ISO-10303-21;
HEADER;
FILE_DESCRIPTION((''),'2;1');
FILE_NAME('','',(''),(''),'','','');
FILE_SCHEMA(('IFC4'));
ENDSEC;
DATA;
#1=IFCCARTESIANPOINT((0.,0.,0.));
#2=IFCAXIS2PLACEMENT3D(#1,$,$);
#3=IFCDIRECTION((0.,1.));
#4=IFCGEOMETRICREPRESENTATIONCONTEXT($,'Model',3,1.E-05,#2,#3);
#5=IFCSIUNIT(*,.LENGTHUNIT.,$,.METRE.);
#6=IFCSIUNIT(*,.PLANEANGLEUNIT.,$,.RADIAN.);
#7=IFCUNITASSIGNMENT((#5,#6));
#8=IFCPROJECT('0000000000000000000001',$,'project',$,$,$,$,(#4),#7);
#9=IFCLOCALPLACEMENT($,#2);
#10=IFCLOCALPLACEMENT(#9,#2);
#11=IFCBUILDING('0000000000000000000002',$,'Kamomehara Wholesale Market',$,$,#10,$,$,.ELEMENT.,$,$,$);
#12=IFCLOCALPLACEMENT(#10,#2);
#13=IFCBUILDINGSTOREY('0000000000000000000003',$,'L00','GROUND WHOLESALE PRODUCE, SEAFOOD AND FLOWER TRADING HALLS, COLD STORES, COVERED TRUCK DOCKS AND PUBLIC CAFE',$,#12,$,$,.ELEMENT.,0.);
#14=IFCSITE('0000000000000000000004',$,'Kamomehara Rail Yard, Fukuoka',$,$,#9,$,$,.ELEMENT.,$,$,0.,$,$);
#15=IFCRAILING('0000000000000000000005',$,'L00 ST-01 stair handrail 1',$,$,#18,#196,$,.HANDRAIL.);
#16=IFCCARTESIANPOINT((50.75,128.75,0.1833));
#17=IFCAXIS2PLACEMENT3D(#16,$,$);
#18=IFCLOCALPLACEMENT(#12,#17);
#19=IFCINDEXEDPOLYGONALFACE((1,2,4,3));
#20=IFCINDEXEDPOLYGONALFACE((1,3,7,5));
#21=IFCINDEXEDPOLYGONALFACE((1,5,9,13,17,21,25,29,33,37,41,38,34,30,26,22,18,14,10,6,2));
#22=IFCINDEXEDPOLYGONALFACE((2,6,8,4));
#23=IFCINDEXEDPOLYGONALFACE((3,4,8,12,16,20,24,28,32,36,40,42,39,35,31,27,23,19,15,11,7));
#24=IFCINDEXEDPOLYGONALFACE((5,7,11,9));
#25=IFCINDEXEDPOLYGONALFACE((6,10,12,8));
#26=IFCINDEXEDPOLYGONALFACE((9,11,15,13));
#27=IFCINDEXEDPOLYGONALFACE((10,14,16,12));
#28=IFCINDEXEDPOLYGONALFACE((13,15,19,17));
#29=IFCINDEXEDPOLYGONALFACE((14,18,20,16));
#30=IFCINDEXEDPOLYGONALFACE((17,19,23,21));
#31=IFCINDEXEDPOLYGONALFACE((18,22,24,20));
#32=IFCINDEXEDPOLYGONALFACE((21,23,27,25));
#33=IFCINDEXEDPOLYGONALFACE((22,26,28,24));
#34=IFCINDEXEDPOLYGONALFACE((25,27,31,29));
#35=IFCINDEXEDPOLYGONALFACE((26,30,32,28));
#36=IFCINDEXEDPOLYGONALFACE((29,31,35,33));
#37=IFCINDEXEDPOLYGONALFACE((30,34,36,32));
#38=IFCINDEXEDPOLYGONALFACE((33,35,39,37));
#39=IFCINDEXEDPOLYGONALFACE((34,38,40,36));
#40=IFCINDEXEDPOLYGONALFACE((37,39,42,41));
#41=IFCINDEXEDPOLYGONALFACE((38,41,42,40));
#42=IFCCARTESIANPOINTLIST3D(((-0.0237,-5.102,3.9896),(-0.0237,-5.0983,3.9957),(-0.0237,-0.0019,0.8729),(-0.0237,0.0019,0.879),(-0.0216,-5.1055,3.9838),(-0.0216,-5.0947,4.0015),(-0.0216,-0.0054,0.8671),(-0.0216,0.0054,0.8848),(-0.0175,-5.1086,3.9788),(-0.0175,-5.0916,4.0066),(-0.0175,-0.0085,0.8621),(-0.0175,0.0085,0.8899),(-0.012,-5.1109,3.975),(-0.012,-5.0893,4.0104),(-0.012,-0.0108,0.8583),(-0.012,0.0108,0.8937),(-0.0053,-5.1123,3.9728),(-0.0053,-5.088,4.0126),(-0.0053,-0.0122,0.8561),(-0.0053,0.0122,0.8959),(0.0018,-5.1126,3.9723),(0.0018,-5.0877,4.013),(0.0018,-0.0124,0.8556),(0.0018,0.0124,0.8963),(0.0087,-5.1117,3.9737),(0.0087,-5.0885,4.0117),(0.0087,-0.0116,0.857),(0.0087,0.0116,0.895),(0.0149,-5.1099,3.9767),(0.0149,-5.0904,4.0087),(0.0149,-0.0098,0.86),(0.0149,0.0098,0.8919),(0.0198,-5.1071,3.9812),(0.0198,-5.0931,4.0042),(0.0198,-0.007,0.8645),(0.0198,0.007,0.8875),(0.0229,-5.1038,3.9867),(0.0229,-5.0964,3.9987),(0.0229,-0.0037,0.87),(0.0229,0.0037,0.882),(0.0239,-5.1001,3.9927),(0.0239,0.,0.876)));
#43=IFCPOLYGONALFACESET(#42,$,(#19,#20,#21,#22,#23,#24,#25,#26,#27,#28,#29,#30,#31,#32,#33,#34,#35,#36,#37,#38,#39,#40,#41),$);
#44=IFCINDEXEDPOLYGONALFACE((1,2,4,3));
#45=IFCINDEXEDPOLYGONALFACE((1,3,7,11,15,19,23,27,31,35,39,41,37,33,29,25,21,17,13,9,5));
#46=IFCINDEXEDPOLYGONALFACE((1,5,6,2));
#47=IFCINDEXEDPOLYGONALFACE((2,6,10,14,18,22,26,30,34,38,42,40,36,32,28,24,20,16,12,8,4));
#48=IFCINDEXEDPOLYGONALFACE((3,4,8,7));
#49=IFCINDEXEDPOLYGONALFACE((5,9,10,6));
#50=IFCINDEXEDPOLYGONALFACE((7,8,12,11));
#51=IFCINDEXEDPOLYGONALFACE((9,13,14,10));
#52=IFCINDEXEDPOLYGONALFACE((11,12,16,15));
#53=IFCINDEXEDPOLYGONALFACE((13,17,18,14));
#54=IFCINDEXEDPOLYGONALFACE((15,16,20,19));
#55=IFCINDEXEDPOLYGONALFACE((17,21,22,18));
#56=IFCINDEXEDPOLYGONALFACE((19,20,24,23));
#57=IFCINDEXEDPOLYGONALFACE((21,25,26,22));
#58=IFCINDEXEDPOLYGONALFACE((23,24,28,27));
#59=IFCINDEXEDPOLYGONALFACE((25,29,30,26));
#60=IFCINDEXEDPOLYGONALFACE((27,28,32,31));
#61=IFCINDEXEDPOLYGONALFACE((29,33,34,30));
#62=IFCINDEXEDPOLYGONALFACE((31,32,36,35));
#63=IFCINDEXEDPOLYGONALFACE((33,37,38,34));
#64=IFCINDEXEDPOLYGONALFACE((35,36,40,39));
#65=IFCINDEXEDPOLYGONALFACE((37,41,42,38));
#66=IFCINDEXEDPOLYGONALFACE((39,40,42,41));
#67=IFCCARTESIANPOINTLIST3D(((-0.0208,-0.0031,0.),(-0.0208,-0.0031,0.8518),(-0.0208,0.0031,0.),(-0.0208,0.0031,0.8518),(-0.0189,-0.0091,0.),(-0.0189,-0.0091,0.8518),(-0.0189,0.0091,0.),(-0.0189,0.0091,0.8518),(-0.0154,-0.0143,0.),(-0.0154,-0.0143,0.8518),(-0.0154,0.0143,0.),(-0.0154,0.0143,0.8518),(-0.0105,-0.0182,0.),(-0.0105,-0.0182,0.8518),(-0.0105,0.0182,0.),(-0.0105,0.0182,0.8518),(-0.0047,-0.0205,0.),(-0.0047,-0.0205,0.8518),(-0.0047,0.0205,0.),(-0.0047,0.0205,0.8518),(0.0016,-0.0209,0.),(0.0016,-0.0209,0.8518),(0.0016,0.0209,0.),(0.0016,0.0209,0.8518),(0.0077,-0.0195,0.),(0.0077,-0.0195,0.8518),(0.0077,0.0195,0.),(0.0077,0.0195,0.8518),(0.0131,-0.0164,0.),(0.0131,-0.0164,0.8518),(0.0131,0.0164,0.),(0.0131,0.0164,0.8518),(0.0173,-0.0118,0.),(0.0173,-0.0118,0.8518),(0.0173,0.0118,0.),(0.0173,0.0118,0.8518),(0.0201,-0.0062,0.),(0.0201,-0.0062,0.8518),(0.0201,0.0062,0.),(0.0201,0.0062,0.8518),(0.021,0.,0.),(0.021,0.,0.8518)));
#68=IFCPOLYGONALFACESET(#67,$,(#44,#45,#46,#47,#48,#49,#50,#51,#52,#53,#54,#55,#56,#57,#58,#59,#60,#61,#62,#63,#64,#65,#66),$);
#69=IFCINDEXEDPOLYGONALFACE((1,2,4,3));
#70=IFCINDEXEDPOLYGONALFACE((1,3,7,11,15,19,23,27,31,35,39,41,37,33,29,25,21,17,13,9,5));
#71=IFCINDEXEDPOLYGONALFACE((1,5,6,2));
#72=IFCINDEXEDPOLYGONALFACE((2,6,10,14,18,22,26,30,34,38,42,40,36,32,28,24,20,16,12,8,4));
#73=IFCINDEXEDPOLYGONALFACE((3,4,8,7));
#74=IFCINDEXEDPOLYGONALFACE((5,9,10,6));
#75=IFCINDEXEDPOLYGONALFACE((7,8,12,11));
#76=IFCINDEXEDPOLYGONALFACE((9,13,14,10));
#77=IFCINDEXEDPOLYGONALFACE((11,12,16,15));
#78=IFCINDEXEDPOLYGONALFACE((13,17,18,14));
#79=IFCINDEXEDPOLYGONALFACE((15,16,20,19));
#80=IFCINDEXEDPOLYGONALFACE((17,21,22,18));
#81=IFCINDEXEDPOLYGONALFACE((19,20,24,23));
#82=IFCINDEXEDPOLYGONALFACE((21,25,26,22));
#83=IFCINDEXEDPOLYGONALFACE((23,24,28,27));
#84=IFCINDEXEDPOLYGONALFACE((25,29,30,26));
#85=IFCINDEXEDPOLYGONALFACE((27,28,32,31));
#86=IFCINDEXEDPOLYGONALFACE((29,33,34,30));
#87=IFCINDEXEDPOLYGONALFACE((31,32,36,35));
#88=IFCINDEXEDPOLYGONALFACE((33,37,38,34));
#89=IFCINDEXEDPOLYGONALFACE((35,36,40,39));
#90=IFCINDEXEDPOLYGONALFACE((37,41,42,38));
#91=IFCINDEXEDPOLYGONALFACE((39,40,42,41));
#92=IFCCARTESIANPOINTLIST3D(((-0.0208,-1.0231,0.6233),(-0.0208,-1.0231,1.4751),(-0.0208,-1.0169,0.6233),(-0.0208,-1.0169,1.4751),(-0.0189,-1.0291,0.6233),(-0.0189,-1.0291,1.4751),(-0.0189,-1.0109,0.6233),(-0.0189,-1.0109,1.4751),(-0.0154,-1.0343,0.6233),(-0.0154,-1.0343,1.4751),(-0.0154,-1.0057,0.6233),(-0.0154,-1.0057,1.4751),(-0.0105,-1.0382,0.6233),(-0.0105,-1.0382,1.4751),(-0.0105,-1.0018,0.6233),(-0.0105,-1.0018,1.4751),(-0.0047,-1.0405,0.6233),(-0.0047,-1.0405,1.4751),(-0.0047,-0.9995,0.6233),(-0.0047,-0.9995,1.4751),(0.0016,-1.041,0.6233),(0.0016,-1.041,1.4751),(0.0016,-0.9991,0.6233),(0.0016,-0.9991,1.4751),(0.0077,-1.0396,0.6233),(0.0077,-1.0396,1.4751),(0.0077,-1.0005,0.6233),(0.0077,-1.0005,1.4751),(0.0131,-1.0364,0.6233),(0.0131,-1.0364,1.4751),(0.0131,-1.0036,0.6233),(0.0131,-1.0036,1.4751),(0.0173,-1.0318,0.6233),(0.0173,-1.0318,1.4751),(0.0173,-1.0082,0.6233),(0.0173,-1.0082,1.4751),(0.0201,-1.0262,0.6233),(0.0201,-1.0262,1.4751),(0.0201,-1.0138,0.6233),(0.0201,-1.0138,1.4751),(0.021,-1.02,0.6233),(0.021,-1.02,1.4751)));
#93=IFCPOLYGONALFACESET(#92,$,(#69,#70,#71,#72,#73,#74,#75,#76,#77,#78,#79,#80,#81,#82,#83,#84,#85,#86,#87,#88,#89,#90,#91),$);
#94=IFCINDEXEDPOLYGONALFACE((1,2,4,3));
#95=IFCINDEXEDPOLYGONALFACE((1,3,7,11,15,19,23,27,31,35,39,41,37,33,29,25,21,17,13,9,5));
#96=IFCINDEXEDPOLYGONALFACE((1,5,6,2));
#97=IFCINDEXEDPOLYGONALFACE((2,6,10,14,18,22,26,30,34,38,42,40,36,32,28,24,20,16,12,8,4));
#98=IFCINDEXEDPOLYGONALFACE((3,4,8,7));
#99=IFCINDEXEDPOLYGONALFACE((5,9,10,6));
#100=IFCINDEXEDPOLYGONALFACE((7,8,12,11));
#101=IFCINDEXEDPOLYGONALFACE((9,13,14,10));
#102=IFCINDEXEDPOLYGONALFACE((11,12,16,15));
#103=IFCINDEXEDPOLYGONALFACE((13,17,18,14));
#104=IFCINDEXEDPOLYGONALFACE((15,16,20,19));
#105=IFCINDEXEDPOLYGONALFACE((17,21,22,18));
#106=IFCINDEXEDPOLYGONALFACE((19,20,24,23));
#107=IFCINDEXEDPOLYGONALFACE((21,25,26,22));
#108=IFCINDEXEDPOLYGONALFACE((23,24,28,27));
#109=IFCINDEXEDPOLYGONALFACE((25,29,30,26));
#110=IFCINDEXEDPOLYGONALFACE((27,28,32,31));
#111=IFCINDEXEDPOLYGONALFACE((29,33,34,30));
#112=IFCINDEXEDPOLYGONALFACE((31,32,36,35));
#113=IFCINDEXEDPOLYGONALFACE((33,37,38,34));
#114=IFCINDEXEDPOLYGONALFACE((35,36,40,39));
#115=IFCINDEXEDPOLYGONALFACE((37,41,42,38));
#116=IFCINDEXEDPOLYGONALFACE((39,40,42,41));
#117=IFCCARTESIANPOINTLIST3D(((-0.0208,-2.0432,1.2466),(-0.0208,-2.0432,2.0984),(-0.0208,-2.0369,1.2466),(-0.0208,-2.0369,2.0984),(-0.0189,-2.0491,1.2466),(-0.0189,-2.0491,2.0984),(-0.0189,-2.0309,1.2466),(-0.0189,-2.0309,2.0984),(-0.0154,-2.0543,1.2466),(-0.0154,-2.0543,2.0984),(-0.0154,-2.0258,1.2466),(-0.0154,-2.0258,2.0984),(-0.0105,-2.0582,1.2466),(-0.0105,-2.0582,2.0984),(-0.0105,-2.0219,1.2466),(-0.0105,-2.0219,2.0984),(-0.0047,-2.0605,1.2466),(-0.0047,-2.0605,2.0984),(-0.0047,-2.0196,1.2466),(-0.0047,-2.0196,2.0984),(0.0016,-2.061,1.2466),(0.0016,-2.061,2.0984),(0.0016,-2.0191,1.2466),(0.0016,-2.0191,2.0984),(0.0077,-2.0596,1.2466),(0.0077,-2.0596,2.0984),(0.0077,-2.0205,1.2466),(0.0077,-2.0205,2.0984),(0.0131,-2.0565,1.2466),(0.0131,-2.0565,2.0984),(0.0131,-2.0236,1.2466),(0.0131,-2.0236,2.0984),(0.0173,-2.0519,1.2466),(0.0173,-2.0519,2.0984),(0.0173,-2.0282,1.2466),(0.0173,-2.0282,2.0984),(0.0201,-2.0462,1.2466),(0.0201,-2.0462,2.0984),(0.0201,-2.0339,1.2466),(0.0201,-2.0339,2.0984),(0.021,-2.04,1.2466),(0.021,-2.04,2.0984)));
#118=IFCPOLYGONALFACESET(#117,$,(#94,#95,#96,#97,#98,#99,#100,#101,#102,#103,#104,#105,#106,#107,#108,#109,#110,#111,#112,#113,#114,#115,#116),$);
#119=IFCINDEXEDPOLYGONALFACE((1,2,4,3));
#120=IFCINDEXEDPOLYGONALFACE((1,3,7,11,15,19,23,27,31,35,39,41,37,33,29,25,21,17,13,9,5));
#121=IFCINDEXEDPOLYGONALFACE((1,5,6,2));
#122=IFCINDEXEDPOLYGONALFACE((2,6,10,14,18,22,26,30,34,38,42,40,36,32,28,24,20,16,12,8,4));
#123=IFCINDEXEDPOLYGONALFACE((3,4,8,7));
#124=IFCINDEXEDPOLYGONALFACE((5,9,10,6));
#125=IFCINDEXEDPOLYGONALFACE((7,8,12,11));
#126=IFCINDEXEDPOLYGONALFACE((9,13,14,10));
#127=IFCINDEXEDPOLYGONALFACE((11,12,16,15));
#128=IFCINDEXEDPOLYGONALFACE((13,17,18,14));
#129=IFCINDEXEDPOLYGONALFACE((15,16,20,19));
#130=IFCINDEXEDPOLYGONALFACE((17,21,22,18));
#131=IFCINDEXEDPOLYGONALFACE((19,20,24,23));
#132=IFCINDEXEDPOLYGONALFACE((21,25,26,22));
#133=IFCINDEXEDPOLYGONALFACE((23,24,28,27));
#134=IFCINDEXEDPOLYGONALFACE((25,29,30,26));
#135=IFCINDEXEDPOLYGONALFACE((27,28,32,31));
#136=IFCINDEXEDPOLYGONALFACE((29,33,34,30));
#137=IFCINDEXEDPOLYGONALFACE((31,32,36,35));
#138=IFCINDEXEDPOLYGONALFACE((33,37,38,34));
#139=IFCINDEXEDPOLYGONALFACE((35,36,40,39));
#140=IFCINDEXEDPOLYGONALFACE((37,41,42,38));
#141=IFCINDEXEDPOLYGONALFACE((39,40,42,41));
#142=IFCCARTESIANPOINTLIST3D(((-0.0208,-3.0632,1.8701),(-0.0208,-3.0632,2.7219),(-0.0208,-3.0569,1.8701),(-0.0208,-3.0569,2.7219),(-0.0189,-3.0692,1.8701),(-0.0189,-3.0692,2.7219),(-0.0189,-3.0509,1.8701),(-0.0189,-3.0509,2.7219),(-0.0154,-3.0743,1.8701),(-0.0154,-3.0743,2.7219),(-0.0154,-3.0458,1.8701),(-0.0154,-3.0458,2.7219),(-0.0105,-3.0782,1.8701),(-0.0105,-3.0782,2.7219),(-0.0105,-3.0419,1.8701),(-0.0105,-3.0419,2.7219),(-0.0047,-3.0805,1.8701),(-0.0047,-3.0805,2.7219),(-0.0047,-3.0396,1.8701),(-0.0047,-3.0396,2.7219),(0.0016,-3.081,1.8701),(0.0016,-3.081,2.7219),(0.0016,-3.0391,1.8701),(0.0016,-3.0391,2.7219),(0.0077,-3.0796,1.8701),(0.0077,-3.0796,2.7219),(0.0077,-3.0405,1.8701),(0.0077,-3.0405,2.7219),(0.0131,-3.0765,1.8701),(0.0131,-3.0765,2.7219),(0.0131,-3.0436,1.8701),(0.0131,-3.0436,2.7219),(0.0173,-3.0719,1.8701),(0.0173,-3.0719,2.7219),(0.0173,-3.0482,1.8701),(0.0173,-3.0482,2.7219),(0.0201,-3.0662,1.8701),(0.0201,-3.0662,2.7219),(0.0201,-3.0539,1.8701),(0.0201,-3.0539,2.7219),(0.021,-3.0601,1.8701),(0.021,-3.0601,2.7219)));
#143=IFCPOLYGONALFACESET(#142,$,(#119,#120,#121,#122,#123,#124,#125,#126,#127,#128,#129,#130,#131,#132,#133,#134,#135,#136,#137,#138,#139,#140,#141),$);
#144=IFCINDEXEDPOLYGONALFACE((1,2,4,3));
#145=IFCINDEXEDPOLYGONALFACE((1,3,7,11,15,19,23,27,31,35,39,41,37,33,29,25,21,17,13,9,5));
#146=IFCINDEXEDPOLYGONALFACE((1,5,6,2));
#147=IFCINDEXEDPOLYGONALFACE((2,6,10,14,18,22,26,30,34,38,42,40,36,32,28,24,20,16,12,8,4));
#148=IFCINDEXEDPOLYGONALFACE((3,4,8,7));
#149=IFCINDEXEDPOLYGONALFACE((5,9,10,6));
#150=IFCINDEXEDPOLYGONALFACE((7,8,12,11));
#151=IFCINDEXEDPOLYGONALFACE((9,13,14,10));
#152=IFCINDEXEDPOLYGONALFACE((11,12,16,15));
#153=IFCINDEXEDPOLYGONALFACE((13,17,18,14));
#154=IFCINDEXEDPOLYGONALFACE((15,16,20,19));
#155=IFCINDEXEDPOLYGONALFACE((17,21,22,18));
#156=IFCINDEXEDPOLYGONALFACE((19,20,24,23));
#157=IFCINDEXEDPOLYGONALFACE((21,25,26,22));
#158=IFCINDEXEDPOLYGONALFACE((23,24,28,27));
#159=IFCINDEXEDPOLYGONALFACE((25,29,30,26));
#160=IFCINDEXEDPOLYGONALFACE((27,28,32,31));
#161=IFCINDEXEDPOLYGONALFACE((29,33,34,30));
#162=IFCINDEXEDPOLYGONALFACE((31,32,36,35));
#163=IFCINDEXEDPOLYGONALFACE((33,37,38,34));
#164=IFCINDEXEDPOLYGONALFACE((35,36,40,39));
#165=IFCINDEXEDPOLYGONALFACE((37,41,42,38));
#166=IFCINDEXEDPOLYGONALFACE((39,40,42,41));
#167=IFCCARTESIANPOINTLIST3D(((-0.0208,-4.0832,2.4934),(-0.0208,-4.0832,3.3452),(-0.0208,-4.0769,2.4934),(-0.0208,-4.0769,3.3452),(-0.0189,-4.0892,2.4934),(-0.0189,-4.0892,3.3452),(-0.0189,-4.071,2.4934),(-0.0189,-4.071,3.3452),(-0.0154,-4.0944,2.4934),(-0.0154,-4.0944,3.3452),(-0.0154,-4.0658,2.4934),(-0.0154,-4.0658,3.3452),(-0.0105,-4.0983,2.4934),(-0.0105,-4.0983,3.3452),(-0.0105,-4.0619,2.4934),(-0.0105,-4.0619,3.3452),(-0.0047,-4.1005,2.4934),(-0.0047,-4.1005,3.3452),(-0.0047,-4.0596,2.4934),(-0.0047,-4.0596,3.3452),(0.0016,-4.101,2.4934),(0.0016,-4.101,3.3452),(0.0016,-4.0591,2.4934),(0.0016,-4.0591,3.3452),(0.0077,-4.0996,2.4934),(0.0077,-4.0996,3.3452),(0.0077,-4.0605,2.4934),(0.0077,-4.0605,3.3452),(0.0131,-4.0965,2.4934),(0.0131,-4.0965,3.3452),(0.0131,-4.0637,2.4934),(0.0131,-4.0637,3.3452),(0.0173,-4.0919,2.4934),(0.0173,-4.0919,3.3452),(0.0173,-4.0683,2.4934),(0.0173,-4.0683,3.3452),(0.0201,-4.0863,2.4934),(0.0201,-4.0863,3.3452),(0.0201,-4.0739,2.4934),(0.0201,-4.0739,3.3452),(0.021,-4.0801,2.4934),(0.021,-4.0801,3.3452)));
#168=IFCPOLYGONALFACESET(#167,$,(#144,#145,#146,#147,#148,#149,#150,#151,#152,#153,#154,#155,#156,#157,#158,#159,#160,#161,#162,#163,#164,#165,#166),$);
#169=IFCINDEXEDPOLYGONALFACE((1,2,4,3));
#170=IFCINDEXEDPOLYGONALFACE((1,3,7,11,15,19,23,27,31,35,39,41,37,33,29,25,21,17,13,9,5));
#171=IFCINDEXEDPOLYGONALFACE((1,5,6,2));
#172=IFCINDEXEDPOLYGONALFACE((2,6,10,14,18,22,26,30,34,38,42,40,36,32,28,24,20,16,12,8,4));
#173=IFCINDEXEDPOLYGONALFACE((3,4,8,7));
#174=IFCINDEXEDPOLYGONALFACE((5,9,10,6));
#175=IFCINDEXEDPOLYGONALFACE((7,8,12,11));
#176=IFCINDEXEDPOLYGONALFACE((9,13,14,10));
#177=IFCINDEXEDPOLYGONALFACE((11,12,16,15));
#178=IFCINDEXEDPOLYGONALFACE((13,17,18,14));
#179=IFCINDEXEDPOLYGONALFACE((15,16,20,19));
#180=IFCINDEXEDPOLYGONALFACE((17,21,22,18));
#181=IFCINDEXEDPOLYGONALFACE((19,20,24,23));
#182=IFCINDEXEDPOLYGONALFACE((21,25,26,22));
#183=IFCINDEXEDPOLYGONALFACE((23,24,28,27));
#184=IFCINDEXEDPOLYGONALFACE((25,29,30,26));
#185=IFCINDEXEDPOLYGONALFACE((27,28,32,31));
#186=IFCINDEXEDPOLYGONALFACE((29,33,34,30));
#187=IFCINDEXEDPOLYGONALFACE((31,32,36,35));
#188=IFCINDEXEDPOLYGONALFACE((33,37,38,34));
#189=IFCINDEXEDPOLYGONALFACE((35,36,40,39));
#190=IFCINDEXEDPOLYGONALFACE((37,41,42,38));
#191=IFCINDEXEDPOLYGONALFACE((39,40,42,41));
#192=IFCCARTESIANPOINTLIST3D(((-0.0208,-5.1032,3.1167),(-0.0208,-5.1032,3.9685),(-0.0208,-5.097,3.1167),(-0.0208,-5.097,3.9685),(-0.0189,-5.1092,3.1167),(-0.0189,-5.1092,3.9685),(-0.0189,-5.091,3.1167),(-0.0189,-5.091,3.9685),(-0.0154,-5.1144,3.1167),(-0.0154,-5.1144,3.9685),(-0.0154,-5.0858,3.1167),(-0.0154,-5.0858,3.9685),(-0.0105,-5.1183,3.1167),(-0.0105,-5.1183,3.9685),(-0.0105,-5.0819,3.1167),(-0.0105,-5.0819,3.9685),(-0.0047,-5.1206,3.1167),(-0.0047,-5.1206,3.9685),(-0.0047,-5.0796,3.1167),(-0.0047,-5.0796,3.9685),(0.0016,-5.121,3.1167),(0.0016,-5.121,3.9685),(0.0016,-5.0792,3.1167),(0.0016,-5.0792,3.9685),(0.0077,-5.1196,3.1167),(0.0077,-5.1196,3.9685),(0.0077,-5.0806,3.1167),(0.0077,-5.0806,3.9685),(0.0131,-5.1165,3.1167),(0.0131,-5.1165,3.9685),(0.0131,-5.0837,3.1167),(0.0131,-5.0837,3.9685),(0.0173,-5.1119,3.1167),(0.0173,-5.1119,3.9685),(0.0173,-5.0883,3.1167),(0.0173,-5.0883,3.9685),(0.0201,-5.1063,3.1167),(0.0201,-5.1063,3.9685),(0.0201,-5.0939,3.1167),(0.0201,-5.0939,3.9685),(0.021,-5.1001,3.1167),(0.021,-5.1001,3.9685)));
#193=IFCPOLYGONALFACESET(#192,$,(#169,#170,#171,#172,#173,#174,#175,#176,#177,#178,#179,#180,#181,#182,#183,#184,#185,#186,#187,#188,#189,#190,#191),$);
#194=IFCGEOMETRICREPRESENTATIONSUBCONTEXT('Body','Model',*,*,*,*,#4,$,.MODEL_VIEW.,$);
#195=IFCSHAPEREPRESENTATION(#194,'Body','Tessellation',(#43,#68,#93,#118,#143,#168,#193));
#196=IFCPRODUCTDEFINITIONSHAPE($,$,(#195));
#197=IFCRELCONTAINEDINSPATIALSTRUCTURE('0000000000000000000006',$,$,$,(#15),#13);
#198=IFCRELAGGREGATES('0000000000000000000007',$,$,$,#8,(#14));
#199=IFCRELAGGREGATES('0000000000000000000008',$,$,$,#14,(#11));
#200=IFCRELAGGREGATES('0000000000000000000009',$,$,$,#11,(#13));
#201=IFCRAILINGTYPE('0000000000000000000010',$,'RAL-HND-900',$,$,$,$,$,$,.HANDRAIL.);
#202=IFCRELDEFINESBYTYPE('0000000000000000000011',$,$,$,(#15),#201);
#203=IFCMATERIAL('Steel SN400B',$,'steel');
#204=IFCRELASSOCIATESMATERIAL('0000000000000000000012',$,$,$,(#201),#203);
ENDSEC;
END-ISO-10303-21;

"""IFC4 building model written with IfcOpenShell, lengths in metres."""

from ifc_helpers import new_model, si_unit, direction, frame, origin, origin_2d, place, context, subcontext, project, spatial, circle, extrude, material, type_object, element, save


model = new_model("IFC4")

# Units and contexts
model_context = context("Model", 3, precision=1e-05, world=origin(), true_north=direction((0.0, 1.0)))
body_context = subcontext(model_context, "Body", "Model", "MODEL_VIEW")
ifc_project = project(units=[si_unit("LENGTHUNIT", "METRE"), si_unit("PLANEANGLEUNIT", "RADIAN")], contexts=[model_context])

# Site, building, storey
site_placement = place(None, origin())
site = spatial("IfcSite", under=ifc_project, at=site_placement, Name="Kamomehara Rail Yard, Fukuoka", CompositionType="ELEMENT", RefElevation=0.0)
building_placement = place(site_placement, origin())
building = spatial("IfcBuilding", under=site, at=building_placement, Name="Kamomehara Wholesale Market", CompositionType="ELEMENT")
storey_placement = place(building_placement, origin())
storey = spatial("IfcBuildingStorey", under=building, at=storey_placement, Name="L00", Description="GROUND WHOLESALE PRODUCE, SEAFOOD AND FLOWER TRADING HALLS, COLD STORES, COVERED TRUCK DOCKS AND PUBLIC CAFE", CompositionType="ELEMENT", Elevation=0.0)

# Railing
ifc_material_1 = material(Name="Steel SN400B", Category="steel")
railing_type_1 = type_object("IfcRailingType", Name="RAL-HND-900", PredefinedType="HANDRAIL", material=ifc_material_1)
railing_1_placement = place(storey_placement, frame((50.75, 128.75, 0.1833)))
element("IfcRailing", 1, at=railing_1_placement, inside=storey, type_object=railing_type_1, Name="L00 ST-01 stair handrail 1", PredefinedType="HANDRAIL", context=body_context, shape_type="SweptSolid", body=[
    extrude(circle(Radius=0.0239, at=origin_2d()), frame((0.0, 0.0, 0.876), z_axis=(0.0, -0.853284, 0.521447), x_axis=(1.0, 0.0, 0.0)), (0.0, 0.0, 1.0), 5.9771),
    extrude(circle(Radius=0.021, at=origin_2d()), origin(), (0.0, 0.0, 1.0), 0.8518),
    extrude(circle(Radius=0.021, at=origin_2d()), frame((0.0, -1.02, 0.6233)), (0.0, 0.0, 1.0), 0.8518),
    extrude(circle(Radius=0.021, at=origin_2d()), frame((0.0, -2.04, 1.2466)), (0.0, 0.0, 1.0), 0.8518),
    extrude(circle(Radius=0.021, at=origin_2d()), frame((0.0, -3.0601, 1.8701)), (0.0, 0.0, 1.0), 0.8518),
    extrude(circle(Radius=0.021, at=origin_2d()), frame((0.0, -4.0801, 2.4934)), (0.0, 0.0, 1.0), 0.8518),
    extrude(circle(Radius=0.021, at=origin_2d()), frame((0.0, -5.1001, 3.1167)), (0.0, 0.0, 1.0), 0.8518),
])

save(model, "model.ifc")
